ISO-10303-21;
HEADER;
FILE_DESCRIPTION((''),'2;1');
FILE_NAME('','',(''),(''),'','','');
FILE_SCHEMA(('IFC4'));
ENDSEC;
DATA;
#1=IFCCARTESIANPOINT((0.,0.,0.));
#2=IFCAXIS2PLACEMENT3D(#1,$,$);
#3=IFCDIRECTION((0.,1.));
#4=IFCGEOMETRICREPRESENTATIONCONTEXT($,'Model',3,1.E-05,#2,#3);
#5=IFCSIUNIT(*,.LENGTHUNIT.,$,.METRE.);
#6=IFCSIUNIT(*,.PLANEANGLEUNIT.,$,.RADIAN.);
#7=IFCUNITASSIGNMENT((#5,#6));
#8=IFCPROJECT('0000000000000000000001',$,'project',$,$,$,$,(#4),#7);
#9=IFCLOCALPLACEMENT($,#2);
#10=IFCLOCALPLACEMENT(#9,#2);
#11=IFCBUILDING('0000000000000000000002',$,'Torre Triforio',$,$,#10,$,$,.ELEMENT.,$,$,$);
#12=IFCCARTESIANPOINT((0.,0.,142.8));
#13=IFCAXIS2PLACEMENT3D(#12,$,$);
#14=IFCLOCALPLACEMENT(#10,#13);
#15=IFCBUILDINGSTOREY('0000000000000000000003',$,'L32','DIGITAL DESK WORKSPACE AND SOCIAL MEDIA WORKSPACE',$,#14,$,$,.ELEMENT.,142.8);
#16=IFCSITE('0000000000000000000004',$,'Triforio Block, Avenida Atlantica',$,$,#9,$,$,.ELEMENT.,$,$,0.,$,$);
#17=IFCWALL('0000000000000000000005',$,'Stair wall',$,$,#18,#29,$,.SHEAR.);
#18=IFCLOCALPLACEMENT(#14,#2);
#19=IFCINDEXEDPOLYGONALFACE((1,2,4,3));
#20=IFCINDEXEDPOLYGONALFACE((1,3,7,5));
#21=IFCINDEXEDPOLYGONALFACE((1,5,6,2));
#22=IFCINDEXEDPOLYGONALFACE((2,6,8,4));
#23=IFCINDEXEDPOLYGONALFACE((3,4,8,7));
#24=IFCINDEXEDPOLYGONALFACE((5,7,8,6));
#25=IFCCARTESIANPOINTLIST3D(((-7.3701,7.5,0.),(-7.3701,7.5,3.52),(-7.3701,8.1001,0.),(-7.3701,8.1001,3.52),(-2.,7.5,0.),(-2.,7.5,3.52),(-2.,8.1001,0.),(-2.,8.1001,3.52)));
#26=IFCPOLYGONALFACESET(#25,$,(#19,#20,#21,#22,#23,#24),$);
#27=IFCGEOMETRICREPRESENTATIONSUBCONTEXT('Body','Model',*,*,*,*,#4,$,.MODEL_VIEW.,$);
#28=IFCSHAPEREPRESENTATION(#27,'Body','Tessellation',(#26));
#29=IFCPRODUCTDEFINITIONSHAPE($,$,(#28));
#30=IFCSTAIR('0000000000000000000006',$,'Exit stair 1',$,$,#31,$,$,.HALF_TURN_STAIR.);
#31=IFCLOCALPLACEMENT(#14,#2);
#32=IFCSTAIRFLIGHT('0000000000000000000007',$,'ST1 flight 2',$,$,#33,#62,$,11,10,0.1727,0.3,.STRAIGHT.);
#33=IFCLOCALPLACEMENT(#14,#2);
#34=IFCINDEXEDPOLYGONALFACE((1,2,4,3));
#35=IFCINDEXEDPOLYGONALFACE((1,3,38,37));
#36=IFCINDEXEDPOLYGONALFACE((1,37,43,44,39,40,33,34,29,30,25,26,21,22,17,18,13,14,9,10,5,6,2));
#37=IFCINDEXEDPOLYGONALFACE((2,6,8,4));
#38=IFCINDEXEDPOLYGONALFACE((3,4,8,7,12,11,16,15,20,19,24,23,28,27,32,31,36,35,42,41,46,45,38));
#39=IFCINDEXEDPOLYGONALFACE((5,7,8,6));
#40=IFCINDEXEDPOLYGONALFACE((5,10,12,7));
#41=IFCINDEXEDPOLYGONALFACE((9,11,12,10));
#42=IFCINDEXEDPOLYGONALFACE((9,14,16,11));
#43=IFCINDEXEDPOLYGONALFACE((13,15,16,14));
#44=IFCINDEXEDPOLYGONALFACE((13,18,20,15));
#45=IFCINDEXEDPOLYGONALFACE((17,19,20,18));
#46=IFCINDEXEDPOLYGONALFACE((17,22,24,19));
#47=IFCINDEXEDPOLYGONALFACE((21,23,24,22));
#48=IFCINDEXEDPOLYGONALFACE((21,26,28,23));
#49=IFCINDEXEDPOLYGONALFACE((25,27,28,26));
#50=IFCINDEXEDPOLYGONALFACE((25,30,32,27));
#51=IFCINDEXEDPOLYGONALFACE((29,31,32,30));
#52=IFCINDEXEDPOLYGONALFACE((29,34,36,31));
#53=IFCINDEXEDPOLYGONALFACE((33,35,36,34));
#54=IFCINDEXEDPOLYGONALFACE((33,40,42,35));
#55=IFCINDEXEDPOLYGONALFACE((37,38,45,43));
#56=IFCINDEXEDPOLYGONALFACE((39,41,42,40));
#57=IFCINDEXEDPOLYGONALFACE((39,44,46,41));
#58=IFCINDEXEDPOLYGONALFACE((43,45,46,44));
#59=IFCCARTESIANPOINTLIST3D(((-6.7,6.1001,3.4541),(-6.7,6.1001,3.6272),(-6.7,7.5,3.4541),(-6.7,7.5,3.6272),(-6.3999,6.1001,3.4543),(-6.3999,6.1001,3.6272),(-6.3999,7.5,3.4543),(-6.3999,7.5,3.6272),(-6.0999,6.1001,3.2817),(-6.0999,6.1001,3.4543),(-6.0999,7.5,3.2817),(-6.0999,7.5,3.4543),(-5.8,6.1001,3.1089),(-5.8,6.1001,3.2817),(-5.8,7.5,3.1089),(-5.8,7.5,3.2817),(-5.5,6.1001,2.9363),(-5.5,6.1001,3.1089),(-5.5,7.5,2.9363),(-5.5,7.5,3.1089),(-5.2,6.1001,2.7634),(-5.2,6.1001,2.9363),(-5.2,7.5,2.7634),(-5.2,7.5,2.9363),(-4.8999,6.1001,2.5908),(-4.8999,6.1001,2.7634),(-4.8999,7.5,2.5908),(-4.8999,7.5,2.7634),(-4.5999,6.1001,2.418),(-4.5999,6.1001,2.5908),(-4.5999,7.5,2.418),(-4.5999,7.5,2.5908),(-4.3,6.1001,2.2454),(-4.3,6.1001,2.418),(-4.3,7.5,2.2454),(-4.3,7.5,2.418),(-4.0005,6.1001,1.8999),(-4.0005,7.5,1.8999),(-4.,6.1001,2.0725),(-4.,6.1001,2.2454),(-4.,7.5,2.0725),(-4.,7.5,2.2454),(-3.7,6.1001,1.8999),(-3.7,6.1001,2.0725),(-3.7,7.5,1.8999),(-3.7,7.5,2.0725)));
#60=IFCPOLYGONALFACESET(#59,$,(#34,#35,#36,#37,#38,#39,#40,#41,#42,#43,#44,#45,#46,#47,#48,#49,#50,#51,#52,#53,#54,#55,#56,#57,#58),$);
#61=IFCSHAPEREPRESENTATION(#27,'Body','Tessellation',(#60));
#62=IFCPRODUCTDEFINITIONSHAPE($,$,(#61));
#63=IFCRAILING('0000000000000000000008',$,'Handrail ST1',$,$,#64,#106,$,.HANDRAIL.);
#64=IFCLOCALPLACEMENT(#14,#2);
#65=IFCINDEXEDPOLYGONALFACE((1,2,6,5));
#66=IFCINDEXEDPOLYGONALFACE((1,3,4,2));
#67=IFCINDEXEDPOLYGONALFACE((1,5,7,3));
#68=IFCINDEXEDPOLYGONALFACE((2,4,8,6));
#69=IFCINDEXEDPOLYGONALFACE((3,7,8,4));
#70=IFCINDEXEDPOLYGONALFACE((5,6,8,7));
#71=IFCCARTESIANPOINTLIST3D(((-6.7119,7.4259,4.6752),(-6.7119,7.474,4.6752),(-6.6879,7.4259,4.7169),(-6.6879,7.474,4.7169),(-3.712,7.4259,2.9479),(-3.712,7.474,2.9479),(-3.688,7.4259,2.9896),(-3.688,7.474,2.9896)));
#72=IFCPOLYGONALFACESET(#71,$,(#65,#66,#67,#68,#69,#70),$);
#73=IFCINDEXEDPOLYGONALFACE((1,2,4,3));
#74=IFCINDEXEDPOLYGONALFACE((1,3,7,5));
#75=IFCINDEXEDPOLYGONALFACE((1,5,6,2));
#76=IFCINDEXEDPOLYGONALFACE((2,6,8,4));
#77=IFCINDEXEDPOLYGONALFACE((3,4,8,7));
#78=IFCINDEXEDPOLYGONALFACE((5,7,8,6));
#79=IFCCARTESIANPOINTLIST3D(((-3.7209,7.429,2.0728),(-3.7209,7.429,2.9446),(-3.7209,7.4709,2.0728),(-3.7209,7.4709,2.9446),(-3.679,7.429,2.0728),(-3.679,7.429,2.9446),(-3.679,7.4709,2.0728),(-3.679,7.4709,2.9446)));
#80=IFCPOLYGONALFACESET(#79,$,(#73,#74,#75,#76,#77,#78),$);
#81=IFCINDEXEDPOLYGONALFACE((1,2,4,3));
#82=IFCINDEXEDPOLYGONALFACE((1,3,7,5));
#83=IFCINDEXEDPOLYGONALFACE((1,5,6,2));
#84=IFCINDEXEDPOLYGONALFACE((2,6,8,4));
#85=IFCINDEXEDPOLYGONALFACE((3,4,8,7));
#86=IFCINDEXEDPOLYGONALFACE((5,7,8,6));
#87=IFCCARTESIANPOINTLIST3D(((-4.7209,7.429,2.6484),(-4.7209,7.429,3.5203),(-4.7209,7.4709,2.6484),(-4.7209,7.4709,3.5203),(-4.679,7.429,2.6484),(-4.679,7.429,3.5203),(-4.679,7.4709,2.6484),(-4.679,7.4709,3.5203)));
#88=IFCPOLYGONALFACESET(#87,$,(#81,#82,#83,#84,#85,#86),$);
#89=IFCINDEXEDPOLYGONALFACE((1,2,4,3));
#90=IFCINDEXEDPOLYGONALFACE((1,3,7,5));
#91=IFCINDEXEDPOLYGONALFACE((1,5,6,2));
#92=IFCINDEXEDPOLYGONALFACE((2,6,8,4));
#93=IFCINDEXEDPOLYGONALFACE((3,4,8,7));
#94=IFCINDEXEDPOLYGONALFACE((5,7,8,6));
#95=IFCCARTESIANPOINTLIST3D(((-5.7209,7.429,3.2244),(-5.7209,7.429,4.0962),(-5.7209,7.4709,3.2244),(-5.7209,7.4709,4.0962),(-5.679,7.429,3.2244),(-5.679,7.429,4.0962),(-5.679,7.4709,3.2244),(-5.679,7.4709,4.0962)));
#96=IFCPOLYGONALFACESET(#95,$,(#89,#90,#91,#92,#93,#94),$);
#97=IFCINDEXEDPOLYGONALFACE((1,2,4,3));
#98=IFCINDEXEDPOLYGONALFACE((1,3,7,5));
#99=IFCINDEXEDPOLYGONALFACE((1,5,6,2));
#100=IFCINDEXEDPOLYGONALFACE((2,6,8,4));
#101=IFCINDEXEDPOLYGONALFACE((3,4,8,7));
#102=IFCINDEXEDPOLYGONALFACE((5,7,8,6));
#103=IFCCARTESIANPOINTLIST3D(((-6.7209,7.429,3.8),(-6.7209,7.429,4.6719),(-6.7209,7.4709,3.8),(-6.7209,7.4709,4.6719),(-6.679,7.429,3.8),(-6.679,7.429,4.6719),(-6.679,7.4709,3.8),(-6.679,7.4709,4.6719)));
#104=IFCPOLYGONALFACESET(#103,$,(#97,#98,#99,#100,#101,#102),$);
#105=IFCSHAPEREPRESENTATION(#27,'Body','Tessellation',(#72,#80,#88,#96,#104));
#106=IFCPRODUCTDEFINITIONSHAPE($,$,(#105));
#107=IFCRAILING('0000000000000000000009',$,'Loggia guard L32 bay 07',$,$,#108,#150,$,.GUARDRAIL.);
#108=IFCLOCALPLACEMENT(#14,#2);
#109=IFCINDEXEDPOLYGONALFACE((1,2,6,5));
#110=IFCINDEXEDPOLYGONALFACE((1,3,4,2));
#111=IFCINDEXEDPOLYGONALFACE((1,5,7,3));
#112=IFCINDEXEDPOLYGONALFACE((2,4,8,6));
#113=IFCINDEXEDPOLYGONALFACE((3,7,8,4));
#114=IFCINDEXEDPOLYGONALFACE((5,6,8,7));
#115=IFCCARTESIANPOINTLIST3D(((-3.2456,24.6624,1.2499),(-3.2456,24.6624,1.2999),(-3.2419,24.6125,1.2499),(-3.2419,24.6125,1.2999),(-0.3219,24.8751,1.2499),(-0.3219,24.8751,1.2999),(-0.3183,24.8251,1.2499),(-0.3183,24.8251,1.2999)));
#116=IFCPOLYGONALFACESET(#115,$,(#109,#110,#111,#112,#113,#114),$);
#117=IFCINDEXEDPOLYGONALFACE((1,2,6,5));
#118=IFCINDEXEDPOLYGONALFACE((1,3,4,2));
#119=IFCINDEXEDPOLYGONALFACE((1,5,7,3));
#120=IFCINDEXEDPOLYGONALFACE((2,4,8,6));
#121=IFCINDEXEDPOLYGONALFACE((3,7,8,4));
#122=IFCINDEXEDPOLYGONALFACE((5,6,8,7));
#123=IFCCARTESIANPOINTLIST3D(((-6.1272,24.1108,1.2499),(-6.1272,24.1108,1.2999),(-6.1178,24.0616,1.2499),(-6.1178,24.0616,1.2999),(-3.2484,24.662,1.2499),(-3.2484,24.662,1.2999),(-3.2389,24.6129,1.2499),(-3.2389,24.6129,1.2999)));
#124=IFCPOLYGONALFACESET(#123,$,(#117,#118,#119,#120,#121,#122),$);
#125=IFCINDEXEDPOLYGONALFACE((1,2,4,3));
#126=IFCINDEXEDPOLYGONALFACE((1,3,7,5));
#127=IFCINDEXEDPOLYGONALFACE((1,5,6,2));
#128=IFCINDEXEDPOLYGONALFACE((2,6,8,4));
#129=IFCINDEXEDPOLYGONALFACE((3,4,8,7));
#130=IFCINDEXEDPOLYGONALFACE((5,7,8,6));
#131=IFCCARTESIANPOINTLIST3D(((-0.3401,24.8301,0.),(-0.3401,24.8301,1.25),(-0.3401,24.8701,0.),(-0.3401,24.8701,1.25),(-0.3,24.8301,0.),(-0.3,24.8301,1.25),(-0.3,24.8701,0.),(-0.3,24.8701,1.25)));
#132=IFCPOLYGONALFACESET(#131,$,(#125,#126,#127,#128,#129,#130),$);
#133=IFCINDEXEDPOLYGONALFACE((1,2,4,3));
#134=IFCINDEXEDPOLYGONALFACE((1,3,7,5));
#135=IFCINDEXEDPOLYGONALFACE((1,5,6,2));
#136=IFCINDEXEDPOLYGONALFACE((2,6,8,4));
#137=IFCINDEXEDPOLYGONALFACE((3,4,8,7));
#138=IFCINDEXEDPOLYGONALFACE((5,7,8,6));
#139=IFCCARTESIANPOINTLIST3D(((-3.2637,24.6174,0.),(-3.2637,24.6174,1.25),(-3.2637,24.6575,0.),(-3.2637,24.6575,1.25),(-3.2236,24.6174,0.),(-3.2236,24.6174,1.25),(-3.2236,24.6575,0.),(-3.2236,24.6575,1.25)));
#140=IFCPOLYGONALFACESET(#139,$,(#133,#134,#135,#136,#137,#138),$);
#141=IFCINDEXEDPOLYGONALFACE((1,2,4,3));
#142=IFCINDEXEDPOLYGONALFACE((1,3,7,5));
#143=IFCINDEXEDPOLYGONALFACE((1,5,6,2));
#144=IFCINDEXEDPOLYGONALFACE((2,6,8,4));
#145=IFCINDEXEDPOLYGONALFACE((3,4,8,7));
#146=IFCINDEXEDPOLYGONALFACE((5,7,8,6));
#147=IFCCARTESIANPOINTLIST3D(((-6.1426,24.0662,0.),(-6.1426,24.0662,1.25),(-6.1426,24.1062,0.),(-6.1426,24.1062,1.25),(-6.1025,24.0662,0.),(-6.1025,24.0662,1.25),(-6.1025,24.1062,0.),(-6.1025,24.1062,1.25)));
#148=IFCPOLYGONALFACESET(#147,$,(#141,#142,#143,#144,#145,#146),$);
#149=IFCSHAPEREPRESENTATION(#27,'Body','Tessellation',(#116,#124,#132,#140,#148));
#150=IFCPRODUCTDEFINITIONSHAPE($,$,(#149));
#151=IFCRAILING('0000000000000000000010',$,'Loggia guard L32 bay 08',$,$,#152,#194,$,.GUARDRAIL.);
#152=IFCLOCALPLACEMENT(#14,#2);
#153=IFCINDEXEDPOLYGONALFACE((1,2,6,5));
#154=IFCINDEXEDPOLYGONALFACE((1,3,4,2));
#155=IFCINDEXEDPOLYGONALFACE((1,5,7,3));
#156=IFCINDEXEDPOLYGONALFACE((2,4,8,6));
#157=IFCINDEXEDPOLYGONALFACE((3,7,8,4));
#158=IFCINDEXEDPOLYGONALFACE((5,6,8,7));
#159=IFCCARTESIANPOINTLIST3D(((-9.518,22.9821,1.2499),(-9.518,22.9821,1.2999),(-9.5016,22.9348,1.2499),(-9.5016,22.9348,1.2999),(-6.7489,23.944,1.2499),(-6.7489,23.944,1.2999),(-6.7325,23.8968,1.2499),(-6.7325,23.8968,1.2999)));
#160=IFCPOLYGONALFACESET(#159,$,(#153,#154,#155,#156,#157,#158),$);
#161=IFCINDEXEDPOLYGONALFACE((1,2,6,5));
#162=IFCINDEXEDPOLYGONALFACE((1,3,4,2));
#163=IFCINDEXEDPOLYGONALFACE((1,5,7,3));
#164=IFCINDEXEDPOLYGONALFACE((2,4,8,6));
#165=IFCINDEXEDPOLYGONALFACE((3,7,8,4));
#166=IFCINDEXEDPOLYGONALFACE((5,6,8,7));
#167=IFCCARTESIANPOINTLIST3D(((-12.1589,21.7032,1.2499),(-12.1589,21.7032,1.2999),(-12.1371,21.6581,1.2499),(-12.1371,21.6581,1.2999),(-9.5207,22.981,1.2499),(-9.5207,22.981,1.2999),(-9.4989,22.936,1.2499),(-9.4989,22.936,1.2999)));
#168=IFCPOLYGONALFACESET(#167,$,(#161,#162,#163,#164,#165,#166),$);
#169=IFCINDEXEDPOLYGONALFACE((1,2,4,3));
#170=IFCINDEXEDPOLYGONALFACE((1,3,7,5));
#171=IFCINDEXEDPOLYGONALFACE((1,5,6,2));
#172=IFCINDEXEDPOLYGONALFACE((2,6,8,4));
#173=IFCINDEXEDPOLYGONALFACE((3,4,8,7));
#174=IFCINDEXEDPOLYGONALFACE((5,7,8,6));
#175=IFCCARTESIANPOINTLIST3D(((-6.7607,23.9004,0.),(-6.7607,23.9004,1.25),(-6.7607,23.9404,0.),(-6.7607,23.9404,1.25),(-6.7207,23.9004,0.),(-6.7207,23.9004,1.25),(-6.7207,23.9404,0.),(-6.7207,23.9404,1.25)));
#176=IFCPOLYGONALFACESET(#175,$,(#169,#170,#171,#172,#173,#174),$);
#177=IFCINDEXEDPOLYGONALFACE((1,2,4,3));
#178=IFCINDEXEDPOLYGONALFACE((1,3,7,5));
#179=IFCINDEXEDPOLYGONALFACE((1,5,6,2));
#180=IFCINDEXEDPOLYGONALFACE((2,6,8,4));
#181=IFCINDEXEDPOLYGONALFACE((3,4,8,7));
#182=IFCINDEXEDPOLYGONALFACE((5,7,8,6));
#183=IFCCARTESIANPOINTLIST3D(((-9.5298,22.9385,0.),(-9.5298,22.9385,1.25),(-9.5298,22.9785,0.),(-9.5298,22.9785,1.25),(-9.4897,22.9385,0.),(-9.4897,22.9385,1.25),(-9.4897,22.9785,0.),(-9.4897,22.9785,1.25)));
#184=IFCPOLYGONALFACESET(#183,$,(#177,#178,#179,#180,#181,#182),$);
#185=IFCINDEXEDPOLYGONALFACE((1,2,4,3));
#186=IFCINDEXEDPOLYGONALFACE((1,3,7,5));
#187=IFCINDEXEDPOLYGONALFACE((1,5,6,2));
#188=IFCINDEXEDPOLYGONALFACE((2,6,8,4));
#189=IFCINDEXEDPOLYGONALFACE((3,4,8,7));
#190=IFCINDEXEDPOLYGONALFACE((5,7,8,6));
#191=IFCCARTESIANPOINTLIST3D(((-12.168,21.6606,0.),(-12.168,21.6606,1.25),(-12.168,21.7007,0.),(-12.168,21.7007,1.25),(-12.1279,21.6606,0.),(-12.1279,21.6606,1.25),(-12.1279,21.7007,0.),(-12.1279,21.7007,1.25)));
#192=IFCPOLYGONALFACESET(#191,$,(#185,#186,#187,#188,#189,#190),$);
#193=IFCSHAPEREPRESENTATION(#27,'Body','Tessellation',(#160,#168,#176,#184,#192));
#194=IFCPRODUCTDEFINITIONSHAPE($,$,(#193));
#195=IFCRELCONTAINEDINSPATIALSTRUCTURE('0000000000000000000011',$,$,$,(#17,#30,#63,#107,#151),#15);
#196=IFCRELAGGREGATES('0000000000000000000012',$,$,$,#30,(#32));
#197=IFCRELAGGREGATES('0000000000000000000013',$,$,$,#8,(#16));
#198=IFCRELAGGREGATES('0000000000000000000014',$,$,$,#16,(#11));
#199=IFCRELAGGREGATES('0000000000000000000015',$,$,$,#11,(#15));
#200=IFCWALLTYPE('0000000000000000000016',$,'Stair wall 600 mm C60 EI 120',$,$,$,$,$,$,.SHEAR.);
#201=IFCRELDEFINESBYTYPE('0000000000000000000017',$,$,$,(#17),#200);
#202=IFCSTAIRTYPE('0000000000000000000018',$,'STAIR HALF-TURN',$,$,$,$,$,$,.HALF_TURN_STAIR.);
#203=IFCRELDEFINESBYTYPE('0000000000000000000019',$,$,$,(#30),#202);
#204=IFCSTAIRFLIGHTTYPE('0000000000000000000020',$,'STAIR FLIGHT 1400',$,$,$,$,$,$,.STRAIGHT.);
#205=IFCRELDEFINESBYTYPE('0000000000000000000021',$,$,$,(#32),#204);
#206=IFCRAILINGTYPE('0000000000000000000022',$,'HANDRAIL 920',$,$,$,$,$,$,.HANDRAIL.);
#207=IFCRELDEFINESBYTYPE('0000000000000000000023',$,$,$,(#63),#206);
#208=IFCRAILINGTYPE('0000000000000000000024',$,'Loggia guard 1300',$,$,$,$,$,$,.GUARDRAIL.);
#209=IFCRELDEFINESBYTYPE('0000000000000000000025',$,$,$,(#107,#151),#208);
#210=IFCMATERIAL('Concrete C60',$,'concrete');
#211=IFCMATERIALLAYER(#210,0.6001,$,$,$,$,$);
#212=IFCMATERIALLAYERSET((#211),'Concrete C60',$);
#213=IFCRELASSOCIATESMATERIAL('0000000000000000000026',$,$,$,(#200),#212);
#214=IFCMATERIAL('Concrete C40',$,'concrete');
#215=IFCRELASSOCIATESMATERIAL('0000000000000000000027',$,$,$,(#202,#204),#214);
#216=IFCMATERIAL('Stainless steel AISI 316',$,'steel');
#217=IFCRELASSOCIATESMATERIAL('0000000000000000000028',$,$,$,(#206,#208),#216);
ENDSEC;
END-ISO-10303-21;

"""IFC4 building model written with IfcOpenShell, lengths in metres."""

from ifc_helpers import new_model, si_unit, direction, frame, frame_2d, origin, origin_2d, place, context, subcontext, project, spatial, polyline, rectangle, outline, extrude, material, layer, layer_set, type_object, element, aggregate, save


model = new_model("IFC4")

# Units and contexts
model_context = context("Model", 3, precision=1e-05, world=origin(), true_north=direction((0.0, 1.0)))
body_context = subcontext(model_context, "Body", "Model", "MODEL_VIEW")
ifc_project = project(units=[si_unit("LENGTHUNIT", "METRE"), si_unit("PLANEANGLEUNIT", "RADIAN")], contexts=[model_context])

# Site, building, storey
site_placement = place(None, origin())
site = spatial("IfcSite", under=ifc_project, at=site_placement, Name="Triforio Block, Avenida Atlantica", CompositionType="ELEMENT", RefElevation=0.0)
building_placement = place(site_placement, origin())
building = spatial("IfcBuilding", under=site, at=building_placement, Name="Torre Triforio", CompositionType="ELEMENT")
storey_placement = place(building_placement, frame((0.0, 0.0, 142.8)))
storey = spatial("IfcBuildingStorey", under=building, at=storey_placement, Name="L32", Description="DIGITAL DESK WORKSPACE AND SOCIAL MEDIA WORKSPACE", CompositionType="ELEMENT", Elevation=142.8)

# Shared definitions
ifc_material_1 = material(Name="Concrete C60", Category="concrete")

# Wall
ifc_layer_1 = layer(ifc_material_1, 0.6001)
ifc_layer_set_1 = layer_set([ifc_layer_1], Name="Concrete C60")
wall_type_1 = type_object("IfcWallType", Name="Stair wall 600 mm C60 EI 120", PredefinedType="SHEAR", material=ifc_layer_set_1)
wall_1_placement = place(storey_placement, frame((-7.3701, 7.8, 0.0), z_axis=(0.0, 0.0, 1.0), x_axis=(1.0, 0.0, 0.0)))
element("IfcWall", 1, at=wall_1_placement, inside=storey, type_object=wall_type_1, Name="Stair wall", PredefinedType="SHEAR", context=body_context, shape_type="SweptSolid", body=[
    extrude(rectangle(XDim=5.3701, YDim=0.6001, at=frame_2d((2.6851, 0.0))), origin(), (0.0, 0.0, 1.0), 3.52),
])

# Shared definitions
ifc_material_2 = material(Name="Concrete C40", Category="concrete")

# Stair, stair flight
stair_type = type_object("IfcStairType", Name="STAIR HALF-TURN", PredefinedType="HALF_TURN_STAIR", material=ifc_material_2)
stair_placement = place(storey_placement, origin())
stair = element("IfcStair", 2, at=stair_placement, inside=storey, type_object=stair_type, Name="Exit stair 1", PredefinedType="HALF_TURN_STAIR")
stair_flight_type = type_object("IfcStairFlightType", Name="STAIR FLIGHT 1400", PredefinedType="STRAIGHT", material=ifc_material_2)
stair_flight_placement = place(storey_placement, frame((-3.7, 6.8, 1.8999), z_axis=(0.0, 0.0, 1.0), x_axis=(-1.0, 0.0, 0.0)))
stair_flight = element("IfcStairFlight", 3, at=stair_flight_placement, type_object=stair_flight_type, Name="ST1 flight 2", NumberOfRisers=11, NumberOfTreads=10, PredefinedType="STRAIGHT", RiserHeight=0.1727, TreadLength=0.3, context=body_context, shape_type="SweptSolid", body=[
    extrude(outline(polyline([(0.0, 0.0), (0.0, 0.1726), (0.3, 0.1726), (0.3, 0.3455), (0.6001, 0.3455), (0.6001, 0.5181), (0.8999, 0.5181), (0.8999, 0.6909), (1.2, 0.6909), (1.2, 0.8635), (1.5, 0.8635), (1.5, 1.0364), (1.8, 1.0364), (1.8, 1.209), (2.1001, 1.209), (2.1001, 1.3818), (2.3999, 1.3818), (2.3999, 1.5544), (2.7, 1.5544), (2.7, 1.7273), (3.0, 1.7273), (3.0, 1.8999), (3.0, 1.5542), (0.3005, 0.0), (0.0, 0.0)])), frame((0.0, 0.7, 0.0), z_axis=(0.0, -1.0, 0.0), x_axis=(1.0, 0.0, 0.0)), (0.0, 0.0, 1.0), 1.3999),
])
aggregate(stair, [stair_flight])

# Railings
ifc_material_3 = material(Name="Stainless steel AISI 316", Category="steel")
railing_type_1 = type_object("IfcRailingType", Name="HANDRAIL 920", PredefinedType="HANDRAIL", material=ifc_material_3)
railing_1_placement = place(storey_placement, frame((-3.7, 7.45, 2.0728)))
element("IfcRailing", 4, at=railing_1_placement, inside=storey, type_object=railing_type_1, Name="Handrail ST1", PredefinedType="HANDRAIL", context=body_context, shape_type="SweptSolid", body=[
    extrude(rectangle(XDim=0.0481, YDim=0.0481, at=origin_2d()), frame((0.0, 0.0, 0.896), z_axis=(-0.86662, 0.0, 0.498969), x_axis=(0.0, -1.0, 0.0)), (0.0, 0.0, 1.0), 3.4617),
    extrude(rectangle(XDim=0.042, YDim=0.042, at=origin_2d()), origin(), (0.0, 0.0, 1.0), 0.8718),
    extrude(rectangle(XDim=0.042, YDim=0.042, at=origin_2d()), frame((-1.0, 0.0, 0.5757)), (0.0, 0.0, 1.0), 0.8718),
    extrude(rectangle(XDim=0.042, YDim=0.042, at=origin_2d()), frame((-2.0, 0.0, 1.1516)), (0.0, 0.0, 1.0), 0.8718),
    extrude(rectangle(XDim=0.042, YDim=0.042, at=origin_2d()), frame((-3.0, 0.0, 1.7273)), (0.0, 0.0, 1.0), 0.8718),
])
railing_type_2 = type_object("IfcRailingType", Name="Loggia guard 1300", PredefinedType="GUARDRAIL", material=ifc_material_3)
railing_2_placement = place(storey_placement, frame((-0.3201, 24.8501, 0.0)))
element("IfcRailing", 5, at=railing_2_placement, inside=storey, type_object=railing_type_2, Name="Loggia guard L32 bay 07", PredefinedType="GUARDRAIL", context=body_context, shape_type="SweptSolid", body=[
    extrude(rectangle(XDim=0.05, YDim=0.05, at=origin_2d()), frame((0.0, 0.0, 1.2749), z_axis=(-0.997365, -0.072543, 0.0), x_axis=(0.072543, -0.997365, 0.0)), (0.0, 0.0, 1.0), 2.9314),
    extrude(rectangle(XDim=0.05, YDim=0.05, at=origin_2d()), frame((-2.9236, -0.2126, 1.2749), z_axis=(-0.982156, -0.188069, 0.0), x_axis=(0.188069, -0.982156, 0.0)), (0.0, 0.0, 1.0), 2.9312),
    extrude(rectangle(XDim=0.04, YDim=0.04, at=origin_2d()), origin(), (0.0, 0.0, 1.0), 1.25),
    extrude(rectangle(XDim=0.04, YDim=0.04, at=origin_2d()), frame((-2.9236, -0.2126, 0.0)), (0.0, 0.0, 1.0), 1.25),
    extrude(rectangle(XDim=0.04, YDim=0.04, at=origin_2d()), frame((-5.8025, -0.7639, 0.0)), (0.0, 0.0, 1.0), 1.25),
])
railing_3_placement = place(storey_placement, frame((-6.7407, 23.9204, 0.0)))
element("IfcRailing", 6, at=railing_3_placement, inside=storey, type_object=railing_type_2, Name="Loggia guard L32 bay 08", PredefinedType="GUARDRAIL", context=body_context, shape_type="SweptSolid", body=[
    extrude(rectangle(XDim=0.05, YDim=0.05, at=origin_2d()), frame((0.0, 0.0, 1.2749), z_axis=(-0.944627, -0.328146, 0.0), x_axis=(0.328146, -0.944627, 0.0)), (0.0, 0.0, 1.0), 2.9314),
    extrude(rectangle(XDim=0.05, YDim=0.05, at=origin_2d()), frame((-2.769, -0.9619, 1.2749), z_axis=(-0.899986, -0.435918, 0.0), x_axis=(0.435918, -0.899986, 0.0)), (0.0, 0.0, 1.0), 2.9314),
    extrude(rectangle(XDim=0.04, YDim=0.04, at=origin_2d()), origin(), (0.0, 0.0, 1.0), 1.25),
    extrude(rectangle(XDim=0.04, YDim=0.04, at=origin_2d()), frame((-2.769, -0.9619, 0.0)), (0.0, 0.0, 1.0), 1.25),
    extrude(rectangle(XDim=0.04, YDim=0.04, at=origin_2d()), frame((-5.4072, -2.2397, 0.0)), (0.0, 0.0, 1.0), 1.25),
])

save(model, "model.ifc")
